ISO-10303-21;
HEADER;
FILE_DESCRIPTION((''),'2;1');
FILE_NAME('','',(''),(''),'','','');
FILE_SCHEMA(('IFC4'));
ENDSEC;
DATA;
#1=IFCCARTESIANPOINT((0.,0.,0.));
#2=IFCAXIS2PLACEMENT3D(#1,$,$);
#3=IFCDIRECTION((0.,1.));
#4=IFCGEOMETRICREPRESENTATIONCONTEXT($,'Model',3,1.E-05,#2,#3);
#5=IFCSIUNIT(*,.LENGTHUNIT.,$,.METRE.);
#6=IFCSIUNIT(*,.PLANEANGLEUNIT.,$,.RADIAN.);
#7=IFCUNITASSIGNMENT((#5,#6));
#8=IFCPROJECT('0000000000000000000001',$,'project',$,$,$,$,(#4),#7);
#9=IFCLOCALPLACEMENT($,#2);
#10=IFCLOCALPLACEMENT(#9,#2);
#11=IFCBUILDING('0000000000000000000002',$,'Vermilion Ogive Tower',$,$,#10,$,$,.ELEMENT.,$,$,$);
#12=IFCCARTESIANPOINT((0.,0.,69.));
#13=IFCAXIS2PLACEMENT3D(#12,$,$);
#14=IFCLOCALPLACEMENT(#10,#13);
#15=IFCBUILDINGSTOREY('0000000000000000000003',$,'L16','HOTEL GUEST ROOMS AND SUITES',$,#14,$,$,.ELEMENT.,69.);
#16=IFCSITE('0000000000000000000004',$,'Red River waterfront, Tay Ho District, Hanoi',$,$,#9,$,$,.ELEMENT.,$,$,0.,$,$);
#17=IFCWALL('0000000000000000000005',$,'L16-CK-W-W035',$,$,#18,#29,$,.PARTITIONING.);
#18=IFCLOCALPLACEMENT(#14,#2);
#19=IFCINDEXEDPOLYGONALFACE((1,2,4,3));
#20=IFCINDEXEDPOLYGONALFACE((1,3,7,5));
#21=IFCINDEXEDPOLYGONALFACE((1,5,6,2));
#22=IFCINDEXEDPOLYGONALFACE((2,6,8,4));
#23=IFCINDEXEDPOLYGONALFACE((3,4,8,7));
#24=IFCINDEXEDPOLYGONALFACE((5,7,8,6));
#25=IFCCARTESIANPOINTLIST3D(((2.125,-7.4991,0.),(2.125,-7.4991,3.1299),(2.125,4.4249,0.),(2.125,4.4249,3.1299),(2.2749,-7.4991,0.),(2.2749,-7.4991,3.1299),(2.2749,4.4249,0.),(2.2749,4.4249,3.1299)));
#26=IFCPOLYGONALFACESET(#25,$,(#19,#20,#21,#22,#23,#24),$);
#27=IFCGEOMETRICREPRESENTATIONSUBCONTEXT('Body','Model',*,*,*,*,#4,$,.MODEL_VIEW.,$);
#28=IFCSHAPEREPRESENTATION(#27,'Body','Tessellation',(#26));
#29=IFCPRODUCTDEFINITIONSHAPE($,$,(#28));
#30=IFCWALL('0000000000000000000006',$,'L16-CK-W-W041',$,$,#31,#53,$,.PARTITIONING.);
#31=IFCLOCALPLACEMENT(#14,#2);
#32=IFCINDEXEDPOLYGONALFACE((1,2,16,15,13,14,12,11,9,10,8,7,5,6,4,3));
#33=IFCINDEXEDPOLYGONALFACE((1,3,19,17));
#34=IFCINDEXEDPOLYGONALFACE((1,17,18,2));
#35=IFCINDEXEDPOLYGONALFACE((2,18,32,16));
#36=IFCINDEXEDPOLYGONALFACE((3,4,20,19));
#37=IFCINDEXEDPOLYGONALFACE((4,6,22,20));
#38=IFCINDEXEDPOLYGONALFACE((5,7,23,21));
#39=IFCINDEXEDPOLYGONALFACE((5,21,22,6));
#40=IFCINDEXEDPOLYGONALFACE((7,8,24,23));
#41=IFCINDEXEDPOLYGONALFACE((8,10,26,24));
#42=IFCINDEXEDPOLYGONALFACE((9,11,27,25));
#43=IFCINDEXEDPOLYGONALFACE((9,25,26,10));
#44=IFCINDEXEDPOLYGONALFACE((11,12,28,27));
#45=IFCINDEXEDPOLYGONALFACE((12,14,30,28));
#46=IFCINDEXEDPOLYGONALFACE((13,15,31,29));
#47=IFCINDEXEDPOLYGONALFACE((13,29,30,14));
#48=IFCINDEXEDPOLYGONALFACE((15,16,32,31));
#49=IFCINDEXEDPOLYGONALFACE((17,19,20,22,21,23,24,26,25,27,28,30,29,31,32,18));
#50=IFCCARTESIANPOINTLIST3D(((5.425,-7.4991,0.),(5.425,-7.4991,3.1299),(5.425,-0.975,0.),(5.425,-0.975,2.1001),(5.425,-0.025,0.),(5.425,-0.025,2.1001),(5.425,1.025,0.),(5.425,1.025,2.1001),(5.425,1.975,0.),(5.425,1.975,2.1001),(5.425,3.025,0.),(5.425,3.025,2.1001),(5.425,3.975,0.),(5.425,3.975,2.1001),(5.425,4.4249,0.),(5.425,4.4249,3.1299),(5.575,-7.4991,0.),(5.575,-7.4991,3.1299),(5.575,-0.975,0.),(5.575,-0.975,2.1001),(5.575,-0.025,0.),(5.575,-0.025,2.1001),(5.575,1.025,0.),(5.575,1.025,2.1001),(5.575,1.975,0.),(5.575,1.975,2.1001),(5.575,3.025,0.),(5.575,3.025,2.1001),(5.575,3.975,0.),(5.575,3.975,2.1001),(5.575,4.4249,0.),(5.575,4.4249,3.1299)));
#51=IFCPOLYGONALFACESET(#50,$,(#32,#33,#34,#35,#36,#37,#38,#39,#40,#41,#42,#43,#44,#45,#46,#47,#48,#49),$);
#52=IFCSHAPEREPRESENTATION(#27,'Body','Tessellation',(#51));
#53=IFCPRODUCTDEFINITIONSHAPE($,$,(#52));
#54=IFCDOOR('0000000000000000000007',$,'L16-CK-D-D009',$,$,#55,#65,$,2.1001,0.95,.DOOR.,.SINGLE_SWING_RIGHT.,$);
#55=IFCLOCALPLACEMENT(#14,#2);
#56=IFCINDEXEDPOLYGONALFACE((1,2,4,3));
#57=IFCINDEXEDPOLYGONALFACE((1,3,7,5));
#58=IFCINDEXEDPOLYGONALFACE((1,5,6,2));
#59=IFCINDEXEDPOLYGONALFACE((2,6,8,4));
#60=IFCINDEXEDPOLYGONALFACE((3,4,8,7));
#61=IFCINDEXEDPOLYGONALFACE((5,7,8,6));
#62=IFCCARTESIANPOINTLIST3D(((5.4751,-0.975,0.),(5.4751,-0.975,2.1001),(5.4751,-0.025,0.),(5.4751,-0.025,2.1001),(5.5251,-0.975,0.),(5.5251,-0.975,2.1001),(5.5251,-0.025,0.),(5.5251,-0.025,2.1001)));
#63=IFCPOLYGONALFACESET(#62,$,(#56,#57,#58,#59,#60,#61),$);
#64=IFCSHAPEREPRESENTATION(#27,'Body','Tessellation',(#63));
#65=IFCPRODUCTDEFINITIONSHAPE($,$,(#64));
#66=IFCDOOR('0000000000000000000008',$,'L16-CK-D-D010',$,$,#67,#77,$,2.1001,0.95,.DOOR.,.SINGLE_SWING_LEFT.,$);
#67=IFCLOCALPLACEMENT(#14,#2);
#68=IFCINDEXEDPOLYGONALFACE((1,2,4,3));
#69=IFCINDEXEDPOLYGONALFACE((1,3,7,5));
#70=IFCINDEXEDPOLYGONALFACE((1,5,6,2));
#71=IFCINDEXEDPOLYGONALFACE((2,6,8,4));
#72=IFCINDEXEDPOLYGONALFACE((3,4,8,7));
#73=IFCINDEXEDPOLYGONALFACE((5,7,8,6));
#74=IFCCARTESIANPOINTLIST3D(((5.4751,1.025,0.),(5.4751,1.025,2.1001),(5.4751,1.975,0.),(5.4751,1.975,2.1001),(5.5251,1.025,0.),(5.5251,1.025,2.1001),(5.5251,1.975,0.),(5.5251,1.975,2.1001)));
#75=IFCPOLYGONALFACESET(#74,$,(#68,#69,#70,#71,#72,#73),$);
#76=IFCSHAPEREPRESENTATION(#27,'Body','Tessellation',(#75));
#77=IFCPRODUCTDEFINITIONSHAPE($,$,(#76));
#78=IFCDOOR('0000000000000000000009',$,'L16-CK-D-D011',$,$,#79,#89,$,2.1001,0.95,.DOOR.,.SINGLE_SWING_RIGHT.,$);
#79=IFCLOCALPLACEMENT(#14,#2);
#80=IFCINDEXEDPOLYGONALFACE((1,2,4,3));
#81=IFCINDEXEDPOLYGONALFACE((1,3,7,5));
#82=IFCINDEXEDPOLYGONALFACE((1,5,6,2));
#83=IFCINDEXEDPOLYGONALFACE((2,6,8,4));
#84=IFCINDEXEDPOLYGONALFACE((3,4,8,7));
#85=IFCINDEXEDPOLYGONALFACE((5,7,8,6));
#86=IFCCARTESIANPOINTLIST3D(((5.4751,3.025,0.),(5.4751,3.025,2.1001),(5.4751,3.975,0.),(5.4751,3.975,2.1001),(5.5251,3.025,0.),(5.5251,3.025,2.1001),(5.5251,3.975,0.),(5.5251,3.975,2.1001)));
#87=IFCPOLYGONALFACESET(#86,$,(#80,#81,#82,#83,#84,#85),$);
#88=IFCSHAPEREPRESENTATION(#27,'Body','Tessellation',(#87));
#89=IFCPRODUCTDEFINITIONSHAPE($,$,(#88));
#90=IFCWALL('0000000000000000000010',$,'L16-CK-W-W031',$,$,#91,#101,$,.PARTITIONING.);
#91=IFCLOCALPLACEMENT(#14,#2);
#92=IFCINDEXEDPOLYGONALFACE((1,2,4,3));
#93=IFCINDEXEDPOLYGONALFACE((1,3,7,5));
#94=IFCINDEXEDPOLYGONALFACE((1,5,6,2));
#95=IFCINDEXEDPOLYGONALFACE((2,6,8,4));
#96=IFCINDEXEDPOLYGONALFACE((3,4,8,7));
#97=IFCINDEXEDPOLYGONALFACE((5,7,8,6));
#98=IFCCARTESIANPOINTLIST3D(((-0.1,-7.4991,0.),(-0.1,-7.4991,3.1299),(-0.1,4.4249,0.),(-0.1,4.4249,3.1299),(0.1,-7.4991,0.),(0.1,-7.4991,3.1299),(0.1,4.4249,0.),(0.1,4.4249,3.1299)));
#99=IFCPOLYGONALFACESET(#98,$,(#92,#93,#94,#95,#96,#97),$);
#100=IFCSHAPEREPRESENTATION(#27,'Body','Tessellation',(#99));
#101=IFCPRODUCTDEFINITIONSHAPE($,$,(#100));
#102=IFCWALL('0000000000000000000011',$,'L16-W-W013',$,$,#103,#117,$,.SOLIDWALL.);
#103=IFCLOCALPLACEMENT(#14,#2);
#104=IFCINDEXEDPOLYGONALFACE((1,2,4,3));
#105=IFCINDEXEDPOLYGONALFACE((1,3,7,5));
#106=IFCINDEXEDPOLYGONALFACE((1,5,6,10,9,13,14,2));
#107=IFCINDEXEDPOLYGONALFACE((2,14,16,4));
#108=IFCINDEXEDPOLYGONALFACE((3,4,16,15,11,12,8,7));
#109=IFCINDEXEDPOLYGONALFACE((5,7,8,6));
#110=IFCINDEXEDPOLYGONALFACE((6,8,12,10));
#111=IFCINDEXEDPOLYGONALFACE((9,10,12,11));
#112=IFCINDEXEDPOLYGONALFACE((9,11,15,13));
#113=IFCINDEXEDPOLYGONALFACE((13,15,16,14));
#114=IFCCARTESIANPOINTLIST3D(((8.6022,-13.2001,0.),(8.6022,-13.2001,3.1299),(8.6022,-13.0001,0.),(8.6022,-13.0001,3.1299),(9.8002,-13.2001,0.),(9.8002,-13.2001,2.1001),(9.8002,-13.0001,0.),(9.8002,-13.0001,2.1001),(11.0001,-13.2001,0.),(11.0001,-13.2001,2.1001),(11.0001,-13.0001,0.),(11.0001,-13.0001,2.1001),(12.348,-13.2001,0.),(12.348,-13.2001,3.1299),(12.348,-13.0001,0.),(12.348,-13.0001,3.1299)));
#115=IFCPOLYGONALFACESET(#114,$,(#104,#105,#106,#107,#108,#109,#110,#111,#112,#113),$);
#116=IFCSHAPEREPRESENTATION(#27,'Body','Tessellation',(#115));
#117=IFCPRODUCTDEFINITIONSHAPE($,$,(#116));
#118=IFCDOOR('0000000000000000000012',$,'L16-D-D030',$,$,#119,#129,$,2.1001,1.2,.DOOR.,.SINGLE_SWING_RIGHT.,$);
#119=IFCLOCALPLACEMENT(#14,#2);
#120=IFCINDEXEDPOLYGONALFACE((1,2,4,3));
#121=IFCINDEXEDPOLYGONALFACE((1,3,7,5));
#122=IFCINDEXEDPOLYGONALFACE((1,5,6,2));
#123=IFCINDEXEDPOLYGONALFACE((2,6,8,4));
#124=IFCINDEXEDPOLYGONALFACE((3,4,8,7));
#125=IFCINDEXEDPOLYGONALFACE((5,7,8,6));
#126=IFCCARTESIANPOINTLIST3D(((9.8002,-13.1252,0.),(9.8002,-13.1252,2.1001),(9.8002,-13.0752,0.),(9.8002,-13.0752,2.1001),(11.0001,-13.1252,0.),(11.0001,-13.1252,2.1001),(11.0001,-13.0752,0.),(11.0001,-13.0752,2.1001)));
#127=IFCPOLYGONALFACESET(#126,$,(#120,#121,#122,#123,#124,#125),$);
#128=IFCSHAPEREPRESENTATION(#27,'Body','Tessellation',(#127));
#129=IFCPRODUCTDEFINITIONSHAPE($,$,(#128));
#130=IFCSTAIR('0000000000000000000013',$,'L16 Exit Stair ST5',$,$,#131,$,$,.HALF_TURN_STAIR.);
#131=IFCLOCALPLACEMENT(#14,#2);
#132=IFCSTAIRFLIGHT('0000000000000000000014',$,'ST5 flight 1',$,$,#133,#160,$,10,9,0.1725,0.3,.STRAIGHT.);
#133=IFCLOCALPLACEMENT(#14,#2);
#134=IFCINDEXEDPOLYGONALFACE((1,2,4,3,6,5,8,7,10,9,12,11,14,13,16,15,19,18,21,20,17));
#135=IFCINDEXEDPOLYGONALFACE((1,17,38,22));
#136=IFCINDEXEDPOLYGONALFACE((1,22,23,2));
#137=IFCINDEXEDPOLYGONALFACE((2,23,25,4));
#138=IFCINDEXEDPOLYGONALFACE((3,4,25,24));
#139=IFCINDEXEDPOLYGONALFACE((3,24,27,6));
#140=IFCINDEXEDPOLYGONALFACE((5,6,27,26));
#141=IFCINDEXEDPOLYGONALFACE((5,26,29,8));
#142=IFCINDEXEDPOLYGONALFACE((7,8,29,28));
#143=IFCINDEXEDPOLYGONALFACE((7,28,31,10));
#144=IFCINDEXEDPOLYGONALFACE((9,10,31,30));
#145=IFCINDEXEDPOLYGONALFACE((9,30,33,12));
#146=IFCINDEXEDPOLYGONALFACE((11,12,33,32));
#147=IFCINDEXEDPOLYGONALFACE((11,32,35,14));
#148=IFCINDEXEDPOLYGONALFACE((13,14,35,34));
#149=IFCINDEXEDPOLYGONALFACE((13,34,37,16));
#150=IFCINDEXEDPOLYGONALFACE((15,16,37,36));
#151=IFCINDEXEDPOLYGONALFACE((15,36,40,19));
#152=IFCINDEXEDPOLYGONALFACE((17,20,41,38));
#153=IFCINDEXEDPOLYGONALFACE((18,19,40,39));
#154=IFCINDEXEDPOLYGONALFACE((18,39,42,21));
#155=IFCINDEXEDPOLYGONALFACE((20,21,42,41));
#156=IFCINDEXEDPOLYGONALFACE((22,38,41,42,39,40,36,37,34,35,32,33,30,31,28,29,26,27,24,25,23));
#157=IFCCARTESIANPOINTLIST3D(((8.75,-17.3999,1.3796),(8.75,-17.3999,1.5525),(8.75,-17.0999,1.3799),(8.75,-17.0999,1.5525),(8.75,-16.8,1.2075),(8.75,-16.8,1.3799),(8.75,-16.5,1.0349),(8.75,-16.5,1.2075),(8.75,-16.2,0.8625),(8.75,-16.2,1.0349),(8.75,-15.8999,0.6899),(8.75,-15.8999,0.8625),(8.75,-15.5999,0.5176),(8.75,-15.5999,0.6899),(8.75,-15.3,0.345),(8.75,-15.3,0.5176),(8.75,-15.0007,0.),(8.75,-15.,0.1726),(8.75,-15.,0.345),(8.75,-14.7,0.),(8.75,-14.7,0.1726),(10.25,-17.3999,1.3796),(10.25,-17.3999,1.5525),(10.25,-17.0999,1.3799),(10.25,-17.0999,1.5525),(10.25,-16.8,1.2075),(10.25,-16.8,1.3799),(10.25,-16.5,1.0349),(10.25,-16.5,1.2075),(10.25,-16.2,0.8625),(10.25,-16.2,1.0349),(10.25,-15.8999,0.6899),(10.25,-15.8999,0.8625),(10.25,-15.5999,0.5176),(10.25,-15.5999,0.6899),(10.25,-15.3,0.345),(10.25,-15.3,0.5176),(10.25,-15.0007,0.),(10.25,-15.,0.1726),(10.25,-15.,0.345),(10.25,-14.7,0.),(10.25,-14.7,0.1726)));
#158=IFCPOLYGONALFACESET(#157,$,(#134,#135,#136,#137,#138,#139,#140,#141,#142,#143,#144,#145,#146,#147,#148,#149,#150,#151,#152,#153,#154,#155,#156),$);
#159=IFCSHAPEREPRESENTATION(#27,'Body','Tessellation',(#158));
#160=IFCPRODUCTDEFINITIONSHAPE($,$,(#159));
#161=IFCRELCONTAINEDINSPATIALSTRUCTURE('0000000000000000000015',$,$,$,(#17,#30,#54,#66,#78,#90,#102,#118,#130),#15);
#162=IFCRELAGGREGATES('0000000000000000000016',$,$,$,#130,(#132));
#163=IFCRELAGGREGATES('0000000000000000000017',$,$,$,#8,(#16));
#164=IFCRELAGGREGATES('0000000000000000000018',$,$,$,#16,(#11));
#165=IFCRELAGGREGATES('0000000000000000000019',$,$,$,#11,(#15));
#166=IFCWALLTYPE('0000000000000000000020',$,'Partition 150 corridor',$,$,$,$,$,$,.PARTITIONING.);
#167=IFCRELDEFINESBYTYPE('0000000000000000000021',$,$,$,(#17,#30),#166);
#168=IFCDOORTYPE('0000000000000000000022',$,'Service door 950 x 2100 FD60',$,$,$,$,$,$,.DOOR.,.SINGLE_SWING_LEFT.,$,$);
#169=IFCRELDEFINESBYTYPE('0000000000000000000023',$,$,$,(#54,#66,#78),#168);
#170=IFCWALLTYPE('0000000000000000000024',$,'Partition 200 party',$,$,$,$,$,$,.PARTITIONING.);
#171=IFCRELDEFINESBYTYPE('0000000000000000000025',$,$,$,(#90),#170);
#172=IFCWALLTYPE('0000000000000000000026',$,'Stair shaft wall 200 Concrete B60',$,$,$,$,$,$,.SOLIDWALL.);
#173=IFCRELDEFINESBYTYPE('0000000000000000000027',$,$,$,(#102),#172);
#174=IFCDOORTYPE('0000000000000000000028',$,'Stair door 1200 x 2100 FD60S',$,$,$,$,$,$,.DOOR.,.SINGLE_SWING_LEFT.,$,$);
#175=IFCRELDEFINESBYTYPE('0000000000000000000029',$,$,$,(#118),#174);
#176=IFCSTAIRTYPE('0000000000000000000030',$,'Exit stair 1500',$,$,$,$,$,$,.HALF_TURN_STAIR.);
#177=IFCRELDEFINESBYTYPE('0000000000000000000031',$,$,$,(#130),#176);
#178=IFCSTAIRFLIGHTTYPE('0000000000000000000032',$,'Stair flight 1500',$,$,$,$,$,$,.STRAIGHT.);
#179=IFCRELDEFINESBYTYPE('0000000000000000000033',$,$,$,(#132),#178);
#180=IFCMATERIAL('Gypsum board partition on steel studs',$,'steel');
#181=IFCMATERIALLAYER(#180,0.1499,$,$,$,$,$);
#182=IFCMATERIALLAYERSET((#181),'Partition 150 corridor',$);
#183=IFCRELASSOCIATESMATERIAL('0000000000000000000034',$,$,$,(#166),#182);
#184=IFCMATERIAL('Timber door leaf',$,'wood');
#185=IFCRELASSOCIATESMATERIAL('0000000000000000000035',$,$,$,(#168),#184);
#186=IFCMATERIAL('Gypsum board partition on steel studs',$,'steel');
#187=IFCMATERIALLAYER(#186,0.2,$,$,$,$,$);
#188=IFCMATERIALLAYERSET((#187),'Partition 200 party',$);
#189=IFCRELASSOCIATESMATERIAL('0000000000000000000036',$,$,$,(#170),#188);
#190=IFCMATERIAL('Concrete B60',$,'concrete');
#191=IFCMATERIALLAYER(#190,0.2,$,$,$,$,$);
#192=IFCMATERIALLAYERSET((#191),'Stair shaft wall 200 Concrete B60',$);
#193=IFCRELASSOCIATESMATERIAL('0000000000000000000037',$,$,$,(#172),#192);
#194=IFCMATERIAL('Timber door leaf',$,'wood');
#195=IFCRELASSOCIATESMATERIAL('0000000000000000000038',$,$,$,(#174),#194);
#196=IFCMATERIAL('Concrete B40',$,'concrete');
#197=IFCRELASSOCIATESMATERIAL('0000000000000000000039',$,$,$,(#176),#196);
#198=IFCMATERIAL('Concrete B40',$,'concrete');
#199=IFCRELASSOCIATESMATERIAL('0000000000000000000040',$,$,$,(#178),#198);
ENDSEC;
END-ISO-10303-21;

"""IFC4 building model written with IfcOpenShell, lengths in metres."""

from ifc_helpers import new_model, si_unit, direction, frame, frame_2d, origin, place, context, subcontext, project, spatial, polyline, rectangle, outline, extrude, material, layer, layer_set, type_object, element, fill, aggregate, save


model = new_model("IFC4")

# Units and contexts
model_context = context("Model", 3, precision=1e-05, world=origin(), true_north=direction((0.0, 1.0)))
body_context = subcontext(model_context, "Body", "Model", "MODEL_VIEW")
ifc_project = project(units=[si_unit("LENGTHUNIT", "METRE"), si_unit("PLANEANGLEUNIT", "RADIAN")], contexts=[model_context])

# Site, building, storey
site_placement = place(None, origin())
site = spatial("IfcSite", under=ifc_project, at=site_placement, Name="Red River waterfront, Tay Ho District, Hanoi", CompositionType="ELEMENT", RefElevation=0.0)
building_placement = place(site_placement, origin())
building = spatial("IfcBuilding", under=site, at=building_placement, Name="Vermilion Ogive Tower", CompositionType="ELEMENT")
storey_placement = place(building_placement, frame((0.0, 0.0, 69.0)))
storey = spatial("IfcBuildingStorey", under=building, at=storey_placement, Name="L16", Description="HOTEL GUEST ROOMS AND SUITES", CompositionType="ELEMENT", Elevation=69.0)

# Shared definitions
ifc_material_1 = material(Name="Gypsum board partition on steel studs", Category="steel")
ifc_layer_1 = layer(ifc_material_1, 0.1499)
ifc_layer_set_1 = layer_set([ifc_layer_1], Name="Partition 150 corridor")
wall_type_1 = type_object("IfcWallType", Name="Partition 150 corridor", PredefinedType="PARTITIONING", material=ifc_layer_set_1)

# Wall
wall_1_placement = place(storey_placement, frame((2.2, -7.499, 0.0), z_axis=(0.0, 0.0, 1.0), x_axis=(0.0, 1.0, 0.0)))
element("IfcWall", 1, at=wall_1_placement, inside=storey, type_object=wall_type_1, Name="L16-CK-W-W035", PredefinedType="PARTITIONING", context=body_context, shape_type="SweptSolid", body=[
    extrude(rectangle(XDim=11.9241, YDim=0.1499, at=frame_2d((5.9619, 0.0))), origin(), (0.0, 0.0, 1.0), 3.1299),
])

# Wall, openings, doors
wall_2_placement = place(storey_placement, frame((5.5, -7.499, 0.0), z_axis=(0.0, 0.0, 1.0), x_axis=(0.0, 1.0, 0.0)))
wall_2 = element("IfcWall", 2, at=wall_2_placement, inside=storey, type_object=wall_type_1, Name="L16-CK-W-W041", PredefinedType="PARTITIONING", context=body_context, shape_type="SweptSolid", body=[
    extrude(rectangle(XDim=11.9241, YDim=0.1499, at=frame_2d((5.9619, 0.0))), origin(), (0.0, 0.0, 1.0), 3.1299),
])
opening_1_placement = place(wall_2_placement, frame((6.5239, 0.0, 0.0)))
opening_1 = element("IfcOpeningElement", 3, at=opening_1_placement, cuts=wall_2, PredefinedType="OPENING", context=body_context, shape_type="SweptSolid", body=[
    extrude(rectangle(XDim=0.95, YDim=2.1001, at=frame_2d((0.4751, 1.05))), frame((0.0, 0.085, 0.0), z_axis=(0.0, -1.0, 0.0), x_axis=(1.0, 0.0, 0.0)), (0.0, 0.0, 1.0), 0.1699),
])
opening_2_placement = place(wall_2_placement, frame((8.5239, 0.0, 0.0)))
opening_2 = element("IfcOpeningElement", 4, at=opening_2_placement, cuts=wall_2, PredefinedType="OPENING", context=body_context, shape_type="SweptSolid", body=[
    extrude(rectangle(XDim=0.95, YDim=2.1001, at=frame_2d((0.4751, 1.05))), frame((0.0, 0.085, 0.0), z_axis=(0.0, -1.0, 0.0), x_axis=(1.0, 0.0, 0.0)), (0.0, 0.0, 1.0), 0.1699),
])
opening_3_placement = place(wall_2_placement, frame((10.5239, 0.0, 0.0)))
opening_3 = element("IfcOpeningElement", 5, at=opening_3_placement, cuts=wall_2, PredefinedType="OPENING", context=body_context, shape_type="SweptSolid", body=[
    extrude(rectangle(XDim=0.95, YDim=2.1001, at=frame_2d((0.4751, 1.05))), frame((0.0, 0.085, 0.0), z_axis=(0.0, -1.0, 0.0), x_axis=(1.0, 0.0, 0.0)), (0.0, 0.0, 1.0), 0.1699),
])
ifc_material_2 = material(Name="Timber door leaf", Category="wood")
door_type_1 = type_object("IfcDoorType", Name="Service door 950 x 2100 FD60", OperationType="SINGLE_SWING_LEFT", PredefinedType="DOOR", material=ifc_material_2)
door_1_placement = place(opening_1_placement, origin())
door_1 = element("IfcDoor", 6, at=door_1_placement, inside=storey, type_object=door_type_1, Name="L16-CK-D-D009", OperationType="SINGLE_SWING_RIGHT", OverallHeight=2.1001, OverallWidth=0.95, PredefinedType="DOOR", context=body_context, shape_type="SweptSolid", body=[
    extrude(rectangle(XDim=0.95, YDim=2.1001, at=frame_2d((0.4751, 1.05))), frame((0.0, 0.0249, 0.0), z_axis=(0.0, -1.0, 0.0), x_axis=(1.0, 0.0, 0.0)), (0.0, 0.0, 1.0), 0.05),
])
fill(opening_1, door_1)
door_2_placement = place(opening_2_placement, origin())
door_2 = element("IfcDoor", 7, at=door_2_placement, inside=storey, type_object=door_type_1, Name="L16-CK-D-D010", OperationType="SINGLE_SWING_LEFT", OverallHeight=2.1001, OverallWidth=0.95, PredefinedType="DOOR", context=body_context, shape_type="SweptSolid", body=[
    extrude(rectangle(XDim=0.95, YDim=2.1001, at=frame_2d((0.4751, 1.05))), frame((0.0, 0.0249, 0.0), z_axis=(0.0, -1.0, 0.0), x_axis=(1.0, 0.0, 0.0)), (0.0, 0.0, 1.0), 0.05),
])
fill(opening_2, door_2)
door_3_placement = place(opening_3_placement, origin())
door_3 = element("IfcDoor", 8, at=door_3_placement, inside=storey, type_object=door_type_1, Name="L16-CK-D-D011", OperationType="SINGLE_SWING_RIGHT", OverallHeight=2.1001, OverallWidth=0.95, PredefinedType="DOOR", context=body_context, shape_type="SweptSolid", body=[
    extrude(rectangle(XDim=0.95, YDim=2.1001, at=frame_2d((0.4751, 1.05))), frame((0.0, 0.0249, 0.0), z_axis=(0.0, -1.0, 0.0), x_axis=(1.0, 0.0, 0.0)), (0.0, 0.0, 1.0), 0.05),
])
fill(opening_3, door_3)

# Wall
ifc_material_3 = material(Name="Gypsum board partition on steel studs", Category="steel")
ifc_layer_2 = layer(ifc_material_3, 0.2)
ifc_layer_set_2 = layer_set([ifc_layer_2], Name="Partition 200 party")
wall_type_2 = type_object("IfcWallType", Name="Partition 200 party", PredefinedType="PARTITIONING", material=ifc_layer_set_2)
wall_3_placement = place(storey_placement, frame((0.0, -7.499, 0.0), z_axis=(0.0, 0.0, 1.0), x_axis=(0.0, 1.0, 0.0)))
element("IfcWall", 9, at=wall_3_placement, inside=storey, type_object=wall_type_2, Name="L16-CK-W-W031", PredefinedType="PARTITIONING", context=body_context, shape_type="SweptSolid", body=[
    extrude(rectangle(XDim=11.9241, YDim=0.2, at=frame_2d((5.9619, 0.0))), origin(), (0.0, 0.0, 1.0), 3.1299),
])

# Wall, opening, door
ifc_material_4 = material(Name="Concrete B60", Category="concrete")
ifc_layer_3 = layer(ifc_material_4, 0.2)
ifc_layer_set_3 = layer_set([ifc_layer_3], Name="Stair shaft wall 200 Concrete B60")
wall_type_3 = type_object("IfcWallType", Name="Stair shaft wall 200 Concrete B60", PredefinedType="SOLIDWALL", material=ifc_layer_set_3)
wall_4_placement = place(storey_placement, frame((8.6021, -13.1001, 0.0), z_axis=(0.0, 0.0, 1.0), x_axis=(1.0, 0.0, 0.0)))
wall_4 = element("IfcWall", 10, at=wall_4_placement, inside=storey, type_object=wall_type_3, Name="L16-W-W013", PredefinedType="SOLIDWALL", context=body_context, shape_type="SweptSolid", body=[
    extrude(rectangle(XDim=3.7458, YDim=0.2, at=frame_2d((1.873, 0.0))), origin(), (0.0, 0.0, 1.0), 3.1299),
])
opening_4_placement = place(wall_4_placement, frame((1.198, 0.0, 0.0)))
opening_4 = element("IfcOpeningElement", 11, at=opening_4_placement, cuts=wall_4, PredefinedType="OPENING", context=body_context, shape_type="SweptSolid", body=[
    extrude(rectangle(XDim=1.2, YDim=2.1001, at=frame_2d((0.6001, 1.05))), frame((0.0, 0.1099, 0.0), z_axis=(0.0, -1.0, 0.0), x_axis=(1.0, 0.0, 0.0)), (0.0, 0.0, 1.0), 0.22),
])
ifc_material_5 = material(Name="Timber door leaf", Category="wood")
door_type_2 = type_object("IfcDoorType", Name="Stair door 1200 x 2100 FD60S", OperationType="SINGLE_SWING_LEFT", PredefinedType="DOOR", material=ifc_material_5)
door_4_placement = place(opening_4_placement, origin())
door_4 = element("IfcDoor", 12, at=door_4_placement, inside=storey, type_object=door_type_2, Name="L16-D-D030", OperationType="SINGLE_SWING_RIGHT", OverallHeight=2.1001, OverallWidth=1.2, PredefinedType="DOOR", context=body_context, shape_type="SweptSolid", body=[
    extrude(rectangle(XDim=1.2, YDim=2.1001, at=frame_2d((0.6001, 1.05))), frame((0.0, 0.0249, 0.0), z_axis=(0.0, -1.0, 0.0), x_axis=(1.0, 0.0, 0.0)), (0.0, 0.0, 1.0), 0.05),
])
fill(opening_4, door_4)

# Stair, stair flight
ifc_material_6 = material(Name="Concrete B40", Category="concrete")
stair_type = type_object("IfcStairType", Name="Exit stair 1500", PredefinedType="HALF_TURN_STAIR", material=ifc_material_6)
stair_placement = place(storey_placement, origin())
stair = element("IfcStair", 13, at=stair_placement, inside=storey, type_object=stair_type, Name="L16 Exit Stair ST5", PredefinedType="HALF_TURN_STAIR")
ifc_material_7 = material(Name="Concrete B40", Category="concrete")
stair_flight_type = type_object("IfcStairFlightType", Name="Stair flight 1500", PredefinedType="STRAIGHT", material=ifc_material_7)
stair_flight_placement = place(storey_placement, frame((9.5, -14.7, 0.0), z_axis=(0.0, 0.0, 1.0), x_axis=(0.0, -1.0, 0.0)))
stair_flight = element("IfcStairFlight", 14, at=stair_flight_placement, type_object=stair_flight_type, Name="ST5 flight 1", NumberOfRisers=10, NumberOfTreads=9, PredefinedType="STRAIGHT", RiserHeight=0.1725, TreadLength=0.3, context=body_context, shape_type="SweptSolid", body=[
    extrude(outline(polyline([(0.0, 0.0), (0.0, 0.1726), (0.3, 0.1726), (0.3, 0.345), (0.6001, 0.345), (0.6001, 0.5176), (0.8999, 0.5176), (0.8999, 0.6899), (1.2, 0.6899), (1.2, 0.8625), (1.5, 0.8625), (1.5, 1.0349), (1.8, 1.0349), (1.8, 1.2075), (2.1001, 1.2075), (2.1001, 1.3799), (2.3999, 1.3799), (2.3999, 1.5525), (2.7, 1.5525), (2.7, 1.7251), (2.7, 1.3796), (0.3008, 0.0), (0.0, 0.0)])), frame((0.0, 0.75, 0.0), z_axis=(0.0, -1.0, 0.0), x_axis=(1.0, 0.0, 0.0)), (0.0, 0.0, 1.0), 1.5),
])
aggregate(stair, [stair_flight])

save(model, "model.ifc")
